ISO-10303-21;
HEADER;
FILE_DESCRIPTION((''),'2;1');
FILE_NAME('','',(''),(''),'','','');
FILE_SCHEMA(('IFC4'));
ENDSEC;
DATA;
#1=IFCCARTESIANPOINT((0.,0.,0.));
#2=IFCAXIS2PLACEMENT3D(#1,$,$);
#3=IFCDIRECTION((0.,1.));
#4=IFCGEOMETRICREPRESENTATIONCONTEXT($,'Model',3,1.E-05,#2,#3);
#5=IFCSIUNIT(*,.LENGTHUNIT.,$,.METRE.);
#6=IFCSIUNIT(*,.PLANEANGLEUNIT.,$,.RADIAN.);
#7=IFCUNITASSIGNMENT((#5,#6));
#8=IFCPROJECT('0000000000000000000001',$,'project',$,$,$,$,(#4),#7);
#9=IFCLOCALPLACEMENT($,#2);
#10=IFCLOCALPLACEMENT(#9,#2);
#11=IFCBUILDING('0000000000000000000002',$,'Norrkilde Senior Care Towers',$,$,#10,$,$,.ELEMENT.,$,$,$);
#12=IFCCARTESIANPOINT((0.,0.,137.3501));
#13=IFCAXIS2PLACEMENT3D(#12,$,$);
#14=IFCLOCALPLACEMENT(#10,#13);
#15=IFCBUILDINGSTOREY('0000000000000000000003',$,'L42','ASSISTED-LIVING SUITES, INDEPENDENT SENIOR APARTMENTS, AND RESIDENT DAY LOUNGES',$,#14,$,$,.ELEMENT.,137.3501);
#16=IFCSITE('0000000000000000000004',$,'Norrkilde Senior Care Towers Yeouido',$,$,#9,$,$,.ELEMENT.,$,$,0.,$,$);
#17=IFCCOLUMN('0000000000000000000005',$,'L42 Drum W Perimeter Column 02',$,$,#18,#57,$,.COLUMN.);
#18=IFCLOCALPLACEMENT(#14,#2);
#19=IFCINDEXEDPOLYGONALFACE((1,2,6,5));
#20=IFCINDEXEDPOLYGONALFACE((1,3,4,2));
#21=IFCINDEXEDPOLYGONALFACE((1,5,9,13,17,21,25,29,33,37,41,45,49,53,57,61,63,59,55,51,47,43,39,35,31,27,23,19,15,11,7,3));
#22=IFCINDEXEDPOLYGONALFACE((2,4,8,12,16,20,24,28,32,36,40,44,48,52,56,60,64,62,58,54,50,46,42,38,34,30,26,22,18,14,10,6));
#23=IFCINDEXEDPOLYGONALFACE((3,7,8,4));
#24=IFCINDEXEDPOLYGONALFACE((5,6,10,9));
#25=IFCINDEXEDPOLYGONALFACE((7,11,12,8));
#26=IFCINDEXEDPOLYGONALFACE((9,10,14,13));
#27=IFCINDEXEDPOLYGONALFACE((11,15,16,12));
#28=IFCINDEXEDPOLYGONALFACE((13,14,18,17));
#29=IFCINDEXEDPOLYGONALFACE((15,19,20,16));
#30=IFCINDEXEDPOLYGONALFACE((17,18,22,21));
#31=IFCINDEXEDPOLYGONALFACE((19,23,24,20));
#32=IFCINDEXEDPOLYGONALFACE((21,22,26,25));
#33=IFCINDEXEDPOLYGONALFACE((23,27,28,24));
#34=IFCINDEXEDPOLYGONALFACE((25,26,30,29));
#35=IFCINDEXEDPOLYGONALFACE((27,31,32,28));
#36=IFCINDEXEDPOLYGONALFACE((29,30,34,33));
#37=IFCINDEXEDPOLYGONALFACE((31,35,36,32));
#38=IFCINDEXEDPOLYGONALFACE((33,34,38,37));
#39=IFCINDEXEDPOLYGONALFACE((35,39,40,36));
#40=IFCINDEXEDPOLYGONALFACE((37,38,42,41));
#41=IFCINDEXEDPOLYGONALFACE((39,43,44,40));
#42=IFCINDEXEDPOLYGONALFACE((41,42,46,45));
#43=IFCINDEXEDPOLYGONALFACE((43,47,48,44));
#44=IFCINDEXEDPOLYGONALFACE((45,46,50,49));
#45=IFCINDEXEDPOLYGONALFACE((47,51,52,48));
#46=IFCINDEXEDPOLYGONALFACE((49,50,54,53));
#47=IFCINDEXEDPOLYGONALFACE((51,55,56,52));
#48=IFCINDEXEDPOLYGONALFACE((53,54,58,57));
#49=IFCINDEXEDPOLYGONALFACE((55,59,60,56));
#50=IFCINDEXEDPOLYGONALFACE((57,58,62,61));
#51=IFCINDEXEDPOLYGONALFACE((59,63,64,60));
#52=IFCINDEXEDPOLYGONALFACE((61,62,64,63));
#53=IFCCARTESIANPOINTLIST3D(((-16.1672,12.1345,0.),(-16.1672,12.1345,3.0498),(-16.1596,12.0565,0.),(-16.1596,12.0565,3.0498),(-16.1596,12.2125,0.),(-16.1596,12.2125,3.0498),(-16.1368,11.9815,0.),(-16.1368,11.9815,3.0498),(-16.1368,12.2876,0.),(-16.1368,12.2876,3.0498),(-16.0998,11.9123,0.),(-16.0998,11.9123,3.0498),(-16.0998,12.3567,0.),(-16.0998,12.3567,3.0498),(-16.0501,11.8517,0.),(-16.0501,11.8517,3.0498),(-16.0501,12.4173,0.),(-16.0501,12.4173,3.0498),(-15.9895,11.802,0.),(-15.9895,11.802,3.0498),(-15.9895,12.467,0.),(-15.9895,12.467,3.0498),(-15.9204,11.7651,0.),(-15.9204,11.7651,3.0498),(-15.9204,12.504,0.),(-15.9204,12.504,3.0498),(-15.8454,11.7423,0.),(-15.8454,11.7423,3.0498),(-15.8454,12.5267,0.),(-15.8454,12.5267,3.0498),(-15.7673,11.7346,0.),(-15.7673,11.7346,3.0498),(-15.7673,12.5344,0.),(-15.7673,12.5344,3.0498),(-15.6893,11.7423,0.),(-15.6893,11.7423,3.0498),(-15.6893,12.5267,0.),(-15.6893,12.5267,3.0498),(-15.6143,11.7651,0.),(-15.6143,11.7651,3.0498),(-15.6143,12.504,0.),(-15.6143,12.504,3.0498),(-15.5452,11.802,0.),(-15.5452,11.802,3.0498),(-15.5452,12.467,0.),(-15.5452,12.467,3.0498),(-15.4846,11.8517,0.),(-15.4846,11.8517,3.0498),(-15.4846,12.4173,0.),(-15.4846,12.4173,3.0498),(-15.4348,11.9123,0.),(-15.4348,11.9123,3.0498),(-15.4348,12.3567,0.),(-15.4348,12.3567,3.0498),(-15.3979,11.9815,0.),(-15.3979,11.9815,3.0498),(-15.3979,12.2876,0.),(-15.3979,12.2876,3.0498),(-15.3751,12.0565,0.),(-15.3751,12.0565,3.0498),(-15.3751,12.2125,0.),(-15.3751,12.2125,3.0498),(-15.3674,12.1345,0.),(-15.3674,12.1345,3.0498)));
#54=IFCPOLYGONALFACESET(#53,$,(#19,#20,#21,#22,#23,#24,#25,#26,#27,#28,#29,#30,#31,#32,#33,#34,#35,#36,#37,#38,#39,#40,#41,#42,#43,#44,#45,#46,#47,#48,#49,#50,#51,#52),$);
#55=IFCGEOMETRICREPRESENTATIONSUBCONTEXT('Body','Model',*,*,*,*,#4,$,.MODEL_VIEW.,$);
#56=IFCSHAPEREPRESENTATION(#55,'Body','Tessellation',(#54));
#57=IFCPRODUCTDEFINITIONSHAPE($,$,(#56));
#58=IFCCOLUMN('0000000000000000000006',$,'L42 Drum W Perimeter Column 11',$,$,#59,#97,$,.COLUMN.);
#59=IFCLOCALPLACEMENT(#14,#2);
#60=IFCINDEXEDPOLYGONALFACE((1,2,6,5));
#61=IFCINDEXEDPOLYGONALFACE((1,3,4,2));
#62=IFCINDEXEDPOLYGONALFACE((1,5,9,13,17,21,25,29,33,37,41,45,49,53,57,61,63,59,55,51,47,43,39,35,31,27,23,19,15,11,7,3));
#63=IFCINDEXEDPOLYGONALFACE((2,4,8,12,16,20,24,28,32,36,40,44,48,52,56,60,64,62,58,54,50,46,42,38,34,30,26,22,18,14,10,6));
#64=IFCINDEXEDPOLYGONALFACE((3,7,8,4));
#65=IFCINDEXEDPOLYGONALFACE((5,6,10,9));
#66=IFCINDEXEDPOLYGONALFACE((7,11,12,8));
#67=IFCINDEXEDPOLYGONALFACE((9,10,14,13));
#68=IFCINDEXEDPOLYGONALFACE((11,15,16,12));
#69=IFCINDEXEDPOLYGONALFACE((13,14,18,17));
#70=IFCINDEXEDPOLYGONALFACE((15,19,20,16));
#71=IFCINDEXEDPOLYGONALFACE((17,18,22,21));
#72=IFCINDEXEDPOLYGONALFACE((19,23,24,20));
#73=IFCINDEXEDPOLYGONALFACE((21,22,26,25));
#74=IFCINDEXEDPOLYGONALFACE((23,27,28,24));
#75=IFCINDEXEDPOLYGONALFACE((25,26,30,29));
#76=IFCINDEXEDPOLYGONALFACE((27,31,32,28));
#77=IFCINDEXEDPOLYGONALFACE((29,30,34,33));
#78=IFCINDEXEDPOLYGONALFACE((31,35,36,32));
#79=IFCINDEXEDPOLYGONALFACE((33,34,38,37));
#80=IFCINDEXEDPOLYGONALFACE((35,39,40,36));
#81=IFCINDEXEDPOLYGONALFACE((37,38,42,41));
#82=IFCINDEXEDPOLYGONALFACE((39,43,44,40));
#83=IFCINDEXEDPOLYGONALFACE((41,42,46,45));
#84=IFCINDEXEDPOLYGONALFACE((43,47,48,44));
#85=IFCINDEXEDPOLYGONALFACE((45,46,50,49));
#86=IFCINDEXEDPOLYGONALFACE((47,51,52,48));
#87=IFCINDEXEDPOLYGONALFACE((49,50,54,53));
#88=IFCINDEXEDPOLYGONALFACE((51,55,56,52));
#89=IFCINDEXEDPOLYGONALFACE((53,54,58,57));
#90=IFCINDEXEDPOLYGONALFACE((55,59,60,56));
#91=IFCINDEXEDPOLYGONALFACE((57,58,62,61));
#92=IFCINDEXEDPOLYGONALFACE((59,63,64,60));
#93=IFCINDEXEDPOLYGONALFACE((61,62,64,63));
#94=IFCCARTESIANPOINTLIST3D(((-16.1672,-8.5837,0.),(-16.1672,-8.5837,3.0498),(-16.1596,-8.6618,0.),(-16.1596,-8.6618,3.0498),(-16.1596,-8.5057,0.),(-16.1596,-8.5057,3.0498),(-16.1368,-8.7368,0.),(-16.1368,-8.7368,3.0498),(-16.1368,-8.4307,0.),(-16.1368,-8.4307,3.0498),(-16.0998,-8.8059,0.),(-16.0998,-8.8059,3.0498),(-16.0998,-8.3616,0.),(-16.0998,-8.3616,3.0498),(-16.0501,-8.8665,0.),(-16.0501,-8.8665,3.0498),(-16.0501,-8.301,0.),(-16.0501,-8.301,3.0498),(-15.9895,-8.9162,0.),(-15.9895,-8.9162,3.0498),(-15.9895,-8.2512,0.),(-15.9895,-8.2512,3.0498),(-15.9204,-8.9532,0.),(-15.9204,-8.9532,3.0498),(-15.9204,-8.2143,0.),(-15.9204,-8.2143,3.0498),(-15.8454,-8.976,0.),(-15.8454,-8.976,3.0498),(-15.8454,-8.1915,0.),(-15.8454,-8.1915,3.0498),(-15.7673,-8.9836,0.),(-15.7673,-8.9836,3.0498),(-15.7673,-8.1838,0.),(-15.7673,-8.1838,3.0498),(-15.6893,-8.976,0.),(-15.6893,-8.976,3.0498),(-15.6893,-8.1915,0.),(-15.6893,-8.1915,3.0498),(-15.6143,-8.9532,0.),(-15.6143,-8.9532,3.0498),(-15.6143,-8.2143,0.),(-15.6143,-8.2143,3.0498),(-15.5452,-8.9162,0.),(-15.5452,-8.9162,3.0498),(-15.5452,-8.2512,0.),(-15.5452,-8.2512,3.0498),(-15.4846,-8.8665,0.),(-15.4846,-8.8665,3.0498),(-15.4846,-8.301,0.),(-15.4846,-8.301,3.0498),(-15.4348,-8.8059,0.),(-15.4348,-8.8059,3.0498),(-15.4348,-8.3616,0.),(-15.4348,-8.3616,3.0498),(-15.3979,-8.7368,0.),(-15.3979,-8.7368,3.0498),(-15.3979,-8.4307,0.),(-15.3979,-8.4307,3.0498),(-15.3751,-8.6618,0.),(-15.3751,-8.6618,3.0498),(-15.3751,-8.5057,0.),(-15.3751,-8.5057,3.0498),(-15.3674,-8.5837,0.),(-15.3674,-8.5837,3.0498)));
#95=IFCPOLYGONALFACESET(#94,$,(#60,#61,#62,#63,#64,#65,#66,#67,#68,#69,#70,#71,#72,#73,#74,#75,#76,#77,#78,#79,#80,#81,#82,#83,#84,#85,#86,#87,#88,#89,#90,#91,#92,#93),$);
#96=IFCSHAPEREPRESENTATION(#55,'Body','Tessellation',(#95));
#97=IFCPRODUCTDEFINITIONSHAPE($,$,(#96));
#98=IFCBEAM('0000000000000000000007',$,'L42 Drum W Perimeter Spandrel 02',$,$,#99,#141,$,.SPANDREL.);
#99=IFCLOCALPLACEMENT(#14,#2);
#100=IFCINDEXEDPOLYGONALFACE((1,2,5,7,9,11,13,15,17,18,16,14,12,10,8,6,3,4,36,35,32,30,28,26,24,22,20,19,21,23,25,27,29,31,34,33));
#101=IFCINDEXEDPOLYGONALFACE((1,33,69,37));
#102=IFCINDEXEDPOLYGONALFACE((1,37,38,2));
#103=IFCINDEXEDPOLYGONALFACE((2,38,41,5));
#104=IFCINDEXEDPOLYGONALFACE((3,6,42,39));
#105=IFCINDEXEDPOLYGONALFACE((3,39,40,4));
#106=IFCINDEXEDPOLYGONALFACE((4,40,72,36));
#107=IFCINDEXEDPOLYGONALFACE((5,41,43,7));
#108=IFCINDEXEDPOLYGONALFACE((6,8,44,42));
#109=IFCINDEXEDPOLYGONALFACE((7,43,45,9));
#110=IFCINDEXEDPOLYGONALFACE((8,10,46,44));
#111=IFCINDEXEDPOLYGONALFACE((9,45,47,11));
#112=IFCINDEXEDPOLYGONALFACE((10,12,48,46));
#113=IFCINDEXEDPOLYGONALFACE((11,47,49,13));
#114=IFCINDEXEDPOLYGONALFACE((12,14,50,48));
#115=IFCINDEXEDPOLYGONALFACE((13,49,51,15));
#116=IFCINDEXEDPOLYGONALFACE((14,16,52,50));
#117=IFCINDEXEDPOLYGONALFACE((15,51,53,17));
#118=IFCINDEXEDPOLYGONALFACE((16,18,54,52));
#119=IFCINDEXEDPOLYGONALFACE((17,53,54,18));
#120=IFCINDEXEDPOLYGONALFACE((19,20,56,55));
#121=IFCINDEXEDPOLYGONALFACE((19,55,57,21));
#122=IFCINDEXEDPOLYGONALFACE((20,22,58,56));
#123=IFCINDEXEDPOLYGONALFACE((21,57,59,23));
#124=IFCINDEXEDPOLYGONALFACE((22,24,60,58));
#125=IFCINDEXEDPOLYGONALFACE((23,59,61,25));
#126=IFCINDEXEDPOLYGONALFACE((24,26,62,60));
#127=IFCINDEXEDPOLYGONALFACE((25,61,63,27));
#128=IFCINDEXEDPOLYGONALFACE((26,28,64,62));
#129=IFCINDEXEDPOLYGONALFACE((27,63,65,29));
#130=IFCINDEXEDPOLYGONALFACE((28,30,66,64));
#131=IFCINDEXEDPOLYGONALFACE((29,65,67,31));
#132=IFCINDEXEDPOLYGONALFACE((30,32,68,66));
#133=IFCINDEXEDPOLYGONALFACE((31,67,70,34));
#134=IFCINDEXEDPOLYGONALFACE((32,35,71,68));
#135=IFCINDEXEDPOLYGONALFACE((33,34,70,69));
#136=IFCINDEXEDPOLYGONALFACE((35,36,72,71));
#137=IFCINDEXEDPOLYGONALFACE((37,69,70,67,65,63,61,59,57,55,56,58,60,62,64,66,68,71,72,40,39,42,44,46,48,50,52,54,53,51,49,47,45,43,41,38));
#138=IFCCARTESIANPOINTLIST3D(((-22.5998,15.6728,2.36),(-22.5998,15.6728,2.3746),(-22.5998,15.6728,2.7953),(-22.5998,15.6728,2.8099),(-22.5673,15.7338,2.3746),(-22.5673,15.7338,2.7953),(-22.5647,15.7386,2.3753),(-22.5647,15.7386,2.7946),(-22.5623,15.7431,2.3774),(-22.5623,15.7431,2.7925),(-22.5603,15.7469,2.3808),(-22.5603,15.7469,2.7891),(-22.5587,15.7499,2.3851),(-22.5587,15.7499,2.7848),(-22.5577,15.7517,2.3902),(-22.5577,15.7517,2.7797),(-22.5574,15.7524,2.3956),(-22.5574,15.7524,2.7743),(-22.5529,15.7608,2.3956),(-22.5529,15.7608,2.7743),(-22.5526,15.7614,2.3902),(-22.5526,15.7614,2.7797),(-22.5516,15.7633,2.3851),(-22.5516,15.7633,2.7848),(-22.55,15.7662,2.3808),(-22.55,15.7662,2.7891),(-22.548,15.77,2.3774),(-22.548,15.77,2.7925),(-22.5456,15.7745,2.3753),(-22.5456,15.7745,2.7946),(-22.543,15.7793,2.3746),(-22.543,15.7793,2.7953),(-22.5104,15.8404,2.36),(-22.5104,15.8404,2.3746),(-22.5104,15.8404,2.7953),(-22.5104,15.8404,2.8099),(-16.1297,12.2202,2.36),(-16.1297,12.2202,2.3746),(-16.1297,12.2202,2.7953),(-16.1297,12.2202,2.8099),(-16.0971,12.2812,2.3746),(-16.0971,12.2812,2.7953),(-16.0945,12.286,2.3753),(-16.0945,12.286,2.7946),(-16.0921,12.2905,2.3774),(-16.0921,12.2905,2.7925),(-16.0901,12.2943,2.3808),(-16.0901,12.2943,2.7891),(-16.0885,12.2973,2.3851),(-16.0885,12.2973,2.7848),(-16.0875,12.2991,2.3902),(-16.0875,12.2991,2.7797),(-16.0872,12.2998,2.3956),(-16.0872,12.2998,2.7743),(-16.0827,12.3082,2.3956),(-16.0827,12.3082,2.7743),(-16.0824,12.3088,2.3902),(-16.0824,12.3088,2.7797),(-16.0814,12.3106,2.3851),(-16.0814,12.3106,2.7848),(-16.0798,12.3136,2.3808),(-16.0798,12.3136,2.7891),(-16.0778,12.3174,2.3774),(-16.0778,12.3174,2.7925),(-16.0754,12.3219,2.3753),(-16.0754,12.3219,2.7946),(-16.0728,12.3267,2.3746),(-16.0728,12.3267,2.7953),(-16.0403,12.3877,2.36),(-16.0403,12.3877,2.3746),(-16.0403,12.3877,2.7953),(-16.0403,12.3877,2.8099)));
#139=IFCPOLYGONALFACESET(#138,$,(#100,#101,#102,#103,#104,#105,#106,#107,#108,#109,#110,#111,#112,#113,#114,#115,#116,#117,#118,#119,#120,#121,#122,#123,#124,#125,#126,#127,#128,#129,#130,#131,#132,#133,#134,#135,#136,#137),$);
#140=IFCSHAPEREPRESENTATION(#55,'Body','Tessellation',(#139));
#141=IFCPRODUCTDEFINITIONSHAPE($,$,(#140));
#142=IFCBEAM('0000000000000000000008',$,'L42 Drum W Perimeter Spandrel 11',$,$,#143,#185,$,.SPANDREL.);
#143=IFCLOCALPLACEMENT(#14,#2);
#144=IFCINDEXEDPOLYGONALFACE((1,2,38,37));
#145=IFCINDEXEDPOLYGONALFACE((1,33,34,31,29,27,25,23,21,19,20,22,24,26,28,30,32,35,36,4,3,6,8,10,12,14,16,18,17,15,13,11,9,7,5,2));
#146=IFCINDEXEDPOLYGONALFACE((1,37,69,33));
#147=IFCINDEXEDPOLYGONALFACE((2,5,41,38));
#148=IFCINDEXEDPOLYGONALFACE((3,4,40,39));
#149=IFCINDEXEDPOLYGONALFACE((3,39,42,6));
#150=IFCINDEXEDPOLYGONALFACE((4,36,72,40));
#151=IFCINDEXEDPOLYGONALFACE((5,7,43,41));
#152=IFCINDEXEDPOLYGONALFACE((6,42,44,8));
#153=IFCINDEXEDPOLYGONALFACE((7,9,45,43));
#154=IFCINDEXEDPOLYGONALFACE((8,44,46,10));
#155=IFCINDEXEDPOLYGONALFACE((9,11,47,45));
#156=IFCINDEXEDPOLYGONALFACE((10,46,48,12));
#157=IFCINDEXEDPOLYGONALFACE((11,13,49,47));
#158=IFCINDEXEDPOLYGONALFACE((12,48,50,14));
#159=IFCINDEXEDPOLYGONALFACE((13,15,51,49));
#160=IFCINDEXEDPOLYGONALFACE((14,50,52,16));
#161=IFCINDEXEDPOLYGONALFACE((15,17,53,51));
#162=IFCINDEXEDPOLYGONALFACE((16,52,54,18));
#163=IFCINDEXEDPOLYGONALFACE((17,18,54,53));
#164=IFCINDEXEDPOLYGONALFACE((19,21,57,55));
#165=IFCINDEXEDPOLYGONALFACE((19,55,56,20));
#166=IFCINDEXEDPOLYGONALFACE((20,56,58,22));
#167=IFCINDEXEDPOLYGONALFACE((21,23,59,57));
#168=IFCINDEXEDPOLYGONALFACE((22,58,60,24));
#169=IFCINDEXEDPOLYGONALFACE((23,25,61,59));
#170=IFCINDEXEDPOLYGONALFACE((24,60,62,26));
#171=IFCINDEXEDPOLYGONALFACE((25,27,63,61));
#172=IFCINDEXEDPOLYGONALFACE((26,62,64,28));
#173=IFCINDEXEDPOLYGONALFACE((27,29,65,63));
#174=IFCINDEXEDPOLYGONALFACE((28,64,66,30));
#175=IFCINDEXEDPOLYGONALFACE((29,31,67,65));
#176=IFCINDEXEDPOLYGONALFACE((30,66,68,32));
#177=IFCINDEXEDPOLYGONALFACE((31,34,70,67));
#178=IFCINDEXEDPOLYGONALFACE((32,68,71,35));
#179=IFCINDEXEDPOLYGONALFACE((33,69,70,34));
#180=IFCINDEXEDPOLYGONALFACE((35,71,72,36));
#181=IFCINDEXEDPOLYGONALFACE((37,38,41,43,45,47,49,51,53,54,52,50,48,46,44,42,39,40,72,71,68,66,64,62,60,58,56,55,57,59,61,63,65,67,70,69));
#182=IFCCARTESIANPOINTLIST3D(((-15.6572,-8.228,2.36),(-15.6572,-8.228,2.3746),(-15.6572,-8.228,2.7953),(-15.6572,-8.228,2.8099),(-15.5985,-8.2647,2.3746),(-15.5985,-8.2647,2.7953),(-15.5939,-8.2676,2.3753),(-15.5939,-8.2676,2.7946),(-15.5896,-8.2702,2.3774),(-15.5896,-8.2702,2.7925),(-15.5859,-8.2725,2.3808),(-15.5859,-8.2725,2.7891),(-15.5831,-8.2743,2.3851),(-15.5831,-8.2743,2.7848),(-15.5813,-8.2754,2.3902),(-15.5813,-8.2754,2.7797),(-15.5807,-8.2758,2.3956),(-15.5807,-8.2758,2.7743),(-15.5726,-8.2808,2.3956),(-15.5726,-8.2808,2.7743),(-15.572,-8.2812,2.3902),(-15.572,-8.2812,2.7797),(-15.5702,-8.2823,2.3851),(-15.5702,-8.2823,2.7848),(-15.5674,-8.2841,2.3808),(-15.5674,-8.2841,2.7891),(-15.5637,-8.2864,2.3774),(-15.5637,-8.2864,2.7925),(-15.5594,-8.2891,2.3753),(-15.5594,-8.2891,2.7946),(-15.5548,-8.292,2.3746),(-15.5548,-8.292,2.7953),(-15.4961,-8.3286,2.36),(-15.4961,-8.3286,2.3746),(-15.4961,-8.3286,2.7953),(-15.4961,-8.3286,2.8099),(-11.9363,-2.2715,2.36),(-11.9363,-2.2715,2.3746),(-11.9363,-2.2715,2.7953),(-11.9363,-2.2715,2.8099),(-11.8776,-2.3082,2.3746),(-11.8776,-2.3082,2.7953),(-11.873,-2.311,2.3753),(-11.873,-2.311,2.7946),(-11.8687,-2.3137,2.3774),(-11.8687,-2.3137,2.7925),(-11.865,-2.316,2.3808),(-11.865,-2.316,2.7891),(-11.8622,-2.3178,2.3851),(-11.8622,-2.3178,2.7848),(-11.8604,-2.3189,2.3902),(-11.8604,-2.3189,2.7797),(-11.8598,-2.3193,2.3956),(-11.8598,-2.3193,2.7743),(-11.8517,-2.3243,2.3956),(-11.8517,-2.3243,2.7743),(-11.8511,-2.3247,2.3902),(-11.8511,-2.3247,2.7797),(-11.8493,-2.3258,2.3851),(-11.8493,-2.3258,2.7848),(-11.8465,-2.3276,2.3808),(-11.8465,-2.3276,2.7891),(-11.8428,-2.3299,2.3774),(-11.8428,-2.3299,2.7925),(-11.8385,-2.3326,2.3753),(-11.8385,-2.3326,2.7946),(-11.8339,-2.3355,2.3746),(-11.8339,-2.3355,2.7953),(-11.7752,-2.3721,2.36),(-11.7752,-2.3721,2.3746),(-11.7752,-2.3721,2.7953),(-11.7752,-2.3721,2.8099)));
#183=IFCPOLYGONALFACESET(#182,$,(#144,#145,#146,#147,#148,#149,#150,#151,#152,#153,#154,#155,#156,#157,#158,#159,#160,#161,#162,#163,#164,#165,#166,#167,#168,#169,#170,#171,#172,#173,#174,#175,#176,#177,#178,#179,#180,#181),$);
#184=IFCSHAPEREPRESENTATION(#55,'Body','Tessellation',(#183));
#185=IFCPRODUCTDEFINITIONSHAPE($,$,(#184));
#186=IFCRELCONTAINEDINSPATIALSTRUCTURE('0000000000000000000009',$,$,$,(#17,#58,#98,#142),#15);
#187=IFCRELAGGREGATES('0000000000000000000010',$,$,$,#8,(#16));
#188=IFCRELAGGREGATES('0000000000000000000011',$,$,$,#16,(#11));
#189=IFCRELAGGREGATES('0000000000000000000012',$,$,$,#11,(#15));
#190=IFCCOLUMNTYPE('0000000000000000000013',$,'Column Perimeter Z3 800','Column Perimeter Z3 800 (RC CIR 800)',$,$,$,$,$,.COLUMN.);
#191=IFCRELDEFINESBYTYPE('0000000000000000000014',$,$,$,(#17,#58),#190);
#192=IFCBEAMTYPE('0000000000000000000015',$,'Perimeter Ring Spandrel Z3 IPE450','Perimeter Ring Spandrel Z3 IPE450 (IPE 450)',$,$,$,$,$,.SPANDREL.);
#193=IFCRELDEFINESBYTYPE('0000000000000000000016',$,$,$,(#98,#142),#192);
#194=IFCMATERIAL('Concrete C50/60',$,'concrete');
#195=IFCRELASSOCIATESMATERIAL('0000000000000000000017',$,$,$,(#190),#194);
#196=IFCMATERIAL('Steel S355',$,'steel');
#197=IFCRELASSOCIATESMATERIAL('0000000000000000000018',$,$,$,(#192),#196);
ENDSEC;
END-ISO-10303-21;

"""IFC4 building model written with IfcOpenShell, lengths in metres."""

from ifc_helpers import new_model, si_unit, direction, frame, origin, origin_2d, place, context, subcontext, project, spatial, circle, i_section, extrude, source, transform, mapped, material, material_profile, profile_set, type_object, type_shapes, element, save


model = new_model("IFC4")

# Units and contexts
model_context = context("Model", 3, precision=1e-05, world=origin(), true_north=direction((0.0, 1.0)))
body_context = subcontext(model_context, "Body", "Model", "MODEL_VIEW")
ifc_project = project(units=[si_unit("LENGTHUNIT", "METRE"), si_unit("PLANEANGLEUNIT", "RADIAN")], contexts=[model_context])

# Site, building, storey
site_placement = place(None, origin())
site = spatial("IfcSite", under=ifc_project, at=site_placement, Name="Norrkilde Senior Care Towers Yeouido", CompositionType="ELEMENT", RefElevation=0.0)
building_placement = place(site_placement, origin())
building = spatial("IfcBuilding", under=site, at=building_placement, Name="Norrkilde Senior Care Towers", CompositionType="ELEMENT")
storey_placement = place(building_placement, frame((0.0, 0.0, 137.3501)))
storey = spatial("IfcBuildingStorey", under=building, at=storey_placement, Name="L42", Description="ASSISTED-LIVING SUITES, INDEPENDENT SENIOR APARTMENTS, AND RESIDENT DAY LOUNGES", CompositionType="ELEMENT", Elevation=137.3501)

# Columns
ifc_material_1 = material(Name="Concrete C50/60", Category="concrete")
ifc_material_profile_1 = material_profile(ifc_material_1, circle(Radius=0.3999, at=origin_2d()), Name="RC CIR 800")
ifc_profile_set_1 = profile_set([ifc_material_profile_1], Name="Concrete C50/60")
column_type = type_object("IfcColumnType", Name="Column Perimeter Z3 800", Description="Column Perimeter Z3 800 (RC CIR 800)", PredefinedType="COLUMN", material=ifc_profile_set_1)
shared_shape_1 = source(origin(), body_context, "Body", "SweptSolid", [
    extrude(circle(Radius=0.3999, at=origin_2d()), origin(), (0.0, 0.0, 1.0), 3.0498),
])
type_shapes(column_type, [shared_shape_1])
for number, where, z_axis, x_axis, name in (
    (1, (-15.7673, 12.1345, 0.0), (0.0, 0.0, 1.0), (1.0, 0.0, 0.0), "L42 Drum W Perimeter Column 02"),
    (2, (-15.7673, -8.5837, 0.0), (0.0, 0.0, 1.0), (1.0, 0.0, 0.0), "L42 Drum W Perimeter Column 11"),
):
    element("IfcColumn", number, at=place(storey_placement, frame(where, z_axis=z_axis, x_axis=x_axis)), inside=storey, type_object=column_type, Name=name, PredefinedType="COLUMN", context=body_context, shape_type="MappedRepresentation", body=[
        mapped(shared_shape_1, transform((0.0, 0.0, 0.0), x_axis=(1.0, 0.0, 0.0), y_axis=(0.0, 1.0, 0.0), z_axis=(0.0, 0.0, 1.0), scale=1.0)),
    ])

# Beams
ifc_material_2 = material(Name="Steel S355", Category="steel")
ifc_material_profile_2 = material_profile(ifc_material_2, i_section(OverallWidth=0.1899, OverallDepth=0.45, WebThickness=0.0095, FlangeThickness=0.0146, FilletRadius=0.021, at=origin_2d()), Name="IPE 450")
ifc_profile_set_2 = profile_set([ifc_material_profile_2], Name="Steel S355")
beam_type_1 = type_object("IfcBeamType", Name="Perimeter Ring Spandrel Z3 IPE450", Description="Perimeter Ring Spandrel Z3 IPE450 (IPE 450)", PredefinedType="SPANDREL", material=ifc_profile_set_2)
shared_shape_2 = source(origin(), body_context, "Body", "SweptSolid", [
    extrude(i_section(OverallWidth=0.1899, OverallDepth=0.45, WebThickness=0.0095, FlangeThickness=0.0146, FilletRadius=0.021, at=origin_2d()), origin(), (0.0, 0.0, 1.0), 7.3337),
])
beam_1_placement = place(storey_placement, frame((-16.085, 12.304, 2.585), z_axis=(-0.882248, 0.470785, 0.0), x_axis=(-0.470785, -0.882248, 0.0)))
element("IfcBeam", 3, at=beam_1_placement, inside=storey, type_object=beam_type_1, Name="L42 Drum W Perimeter Spandrel 02", PredefinedType="SPANDREL", context=body_context, shape_type="MappedRepresentation", body=[
    mapped(shared_shape_2, transform((0.0, 0.0, 0.0), x_axis=(1.0, 0.0, 0.0), y_axis=(0.0, 1.0, 0.0), z_axis=(0.0, 0.0, 1.0), scale=1.0)),
])
shared_shape_3 = source(origin(), body_context, "Body", "SweptSolid", [
    extrude(i_section(OverallWidth=0.1899, OverallDepth=0.45, WebThickness=0.0095, FlangeThickness=0.0146, FilletRadius=0.021, at=origin_2d()), origin(), (0.0, 0.0, 1.0), 7.0232),
])
type_shapes(beam_type_1, [shared_shape_2, shared_shape_3])
beam_2_placement = place(storey_placement, frame((-15.5767, -8.2783, 2.585), z_axis=(0.529805, 0.848119, 0.0), x_axis=(-0.848119, 0.529805, 0.0)))
element("IfcBeam", 4, at=beam_2_placement, inside=storey, type_object=beam_type_1, Name="L42 Drum W Perimeter Spandrel 11", PredefinedType="SPANDREL", context=body_context, shape_type="MappedRepresentation", body=[
    mapped(shared_shape_3, transform((0.0, 0.0, 0.0), x_axis=(1.0, 0.0, 0.0), y_axis=(0.0, 1.0, 0.0), z_axis=(0.0, 0.0, 1.0), scale=1.0)),
])

save(model, "model.ifc")
